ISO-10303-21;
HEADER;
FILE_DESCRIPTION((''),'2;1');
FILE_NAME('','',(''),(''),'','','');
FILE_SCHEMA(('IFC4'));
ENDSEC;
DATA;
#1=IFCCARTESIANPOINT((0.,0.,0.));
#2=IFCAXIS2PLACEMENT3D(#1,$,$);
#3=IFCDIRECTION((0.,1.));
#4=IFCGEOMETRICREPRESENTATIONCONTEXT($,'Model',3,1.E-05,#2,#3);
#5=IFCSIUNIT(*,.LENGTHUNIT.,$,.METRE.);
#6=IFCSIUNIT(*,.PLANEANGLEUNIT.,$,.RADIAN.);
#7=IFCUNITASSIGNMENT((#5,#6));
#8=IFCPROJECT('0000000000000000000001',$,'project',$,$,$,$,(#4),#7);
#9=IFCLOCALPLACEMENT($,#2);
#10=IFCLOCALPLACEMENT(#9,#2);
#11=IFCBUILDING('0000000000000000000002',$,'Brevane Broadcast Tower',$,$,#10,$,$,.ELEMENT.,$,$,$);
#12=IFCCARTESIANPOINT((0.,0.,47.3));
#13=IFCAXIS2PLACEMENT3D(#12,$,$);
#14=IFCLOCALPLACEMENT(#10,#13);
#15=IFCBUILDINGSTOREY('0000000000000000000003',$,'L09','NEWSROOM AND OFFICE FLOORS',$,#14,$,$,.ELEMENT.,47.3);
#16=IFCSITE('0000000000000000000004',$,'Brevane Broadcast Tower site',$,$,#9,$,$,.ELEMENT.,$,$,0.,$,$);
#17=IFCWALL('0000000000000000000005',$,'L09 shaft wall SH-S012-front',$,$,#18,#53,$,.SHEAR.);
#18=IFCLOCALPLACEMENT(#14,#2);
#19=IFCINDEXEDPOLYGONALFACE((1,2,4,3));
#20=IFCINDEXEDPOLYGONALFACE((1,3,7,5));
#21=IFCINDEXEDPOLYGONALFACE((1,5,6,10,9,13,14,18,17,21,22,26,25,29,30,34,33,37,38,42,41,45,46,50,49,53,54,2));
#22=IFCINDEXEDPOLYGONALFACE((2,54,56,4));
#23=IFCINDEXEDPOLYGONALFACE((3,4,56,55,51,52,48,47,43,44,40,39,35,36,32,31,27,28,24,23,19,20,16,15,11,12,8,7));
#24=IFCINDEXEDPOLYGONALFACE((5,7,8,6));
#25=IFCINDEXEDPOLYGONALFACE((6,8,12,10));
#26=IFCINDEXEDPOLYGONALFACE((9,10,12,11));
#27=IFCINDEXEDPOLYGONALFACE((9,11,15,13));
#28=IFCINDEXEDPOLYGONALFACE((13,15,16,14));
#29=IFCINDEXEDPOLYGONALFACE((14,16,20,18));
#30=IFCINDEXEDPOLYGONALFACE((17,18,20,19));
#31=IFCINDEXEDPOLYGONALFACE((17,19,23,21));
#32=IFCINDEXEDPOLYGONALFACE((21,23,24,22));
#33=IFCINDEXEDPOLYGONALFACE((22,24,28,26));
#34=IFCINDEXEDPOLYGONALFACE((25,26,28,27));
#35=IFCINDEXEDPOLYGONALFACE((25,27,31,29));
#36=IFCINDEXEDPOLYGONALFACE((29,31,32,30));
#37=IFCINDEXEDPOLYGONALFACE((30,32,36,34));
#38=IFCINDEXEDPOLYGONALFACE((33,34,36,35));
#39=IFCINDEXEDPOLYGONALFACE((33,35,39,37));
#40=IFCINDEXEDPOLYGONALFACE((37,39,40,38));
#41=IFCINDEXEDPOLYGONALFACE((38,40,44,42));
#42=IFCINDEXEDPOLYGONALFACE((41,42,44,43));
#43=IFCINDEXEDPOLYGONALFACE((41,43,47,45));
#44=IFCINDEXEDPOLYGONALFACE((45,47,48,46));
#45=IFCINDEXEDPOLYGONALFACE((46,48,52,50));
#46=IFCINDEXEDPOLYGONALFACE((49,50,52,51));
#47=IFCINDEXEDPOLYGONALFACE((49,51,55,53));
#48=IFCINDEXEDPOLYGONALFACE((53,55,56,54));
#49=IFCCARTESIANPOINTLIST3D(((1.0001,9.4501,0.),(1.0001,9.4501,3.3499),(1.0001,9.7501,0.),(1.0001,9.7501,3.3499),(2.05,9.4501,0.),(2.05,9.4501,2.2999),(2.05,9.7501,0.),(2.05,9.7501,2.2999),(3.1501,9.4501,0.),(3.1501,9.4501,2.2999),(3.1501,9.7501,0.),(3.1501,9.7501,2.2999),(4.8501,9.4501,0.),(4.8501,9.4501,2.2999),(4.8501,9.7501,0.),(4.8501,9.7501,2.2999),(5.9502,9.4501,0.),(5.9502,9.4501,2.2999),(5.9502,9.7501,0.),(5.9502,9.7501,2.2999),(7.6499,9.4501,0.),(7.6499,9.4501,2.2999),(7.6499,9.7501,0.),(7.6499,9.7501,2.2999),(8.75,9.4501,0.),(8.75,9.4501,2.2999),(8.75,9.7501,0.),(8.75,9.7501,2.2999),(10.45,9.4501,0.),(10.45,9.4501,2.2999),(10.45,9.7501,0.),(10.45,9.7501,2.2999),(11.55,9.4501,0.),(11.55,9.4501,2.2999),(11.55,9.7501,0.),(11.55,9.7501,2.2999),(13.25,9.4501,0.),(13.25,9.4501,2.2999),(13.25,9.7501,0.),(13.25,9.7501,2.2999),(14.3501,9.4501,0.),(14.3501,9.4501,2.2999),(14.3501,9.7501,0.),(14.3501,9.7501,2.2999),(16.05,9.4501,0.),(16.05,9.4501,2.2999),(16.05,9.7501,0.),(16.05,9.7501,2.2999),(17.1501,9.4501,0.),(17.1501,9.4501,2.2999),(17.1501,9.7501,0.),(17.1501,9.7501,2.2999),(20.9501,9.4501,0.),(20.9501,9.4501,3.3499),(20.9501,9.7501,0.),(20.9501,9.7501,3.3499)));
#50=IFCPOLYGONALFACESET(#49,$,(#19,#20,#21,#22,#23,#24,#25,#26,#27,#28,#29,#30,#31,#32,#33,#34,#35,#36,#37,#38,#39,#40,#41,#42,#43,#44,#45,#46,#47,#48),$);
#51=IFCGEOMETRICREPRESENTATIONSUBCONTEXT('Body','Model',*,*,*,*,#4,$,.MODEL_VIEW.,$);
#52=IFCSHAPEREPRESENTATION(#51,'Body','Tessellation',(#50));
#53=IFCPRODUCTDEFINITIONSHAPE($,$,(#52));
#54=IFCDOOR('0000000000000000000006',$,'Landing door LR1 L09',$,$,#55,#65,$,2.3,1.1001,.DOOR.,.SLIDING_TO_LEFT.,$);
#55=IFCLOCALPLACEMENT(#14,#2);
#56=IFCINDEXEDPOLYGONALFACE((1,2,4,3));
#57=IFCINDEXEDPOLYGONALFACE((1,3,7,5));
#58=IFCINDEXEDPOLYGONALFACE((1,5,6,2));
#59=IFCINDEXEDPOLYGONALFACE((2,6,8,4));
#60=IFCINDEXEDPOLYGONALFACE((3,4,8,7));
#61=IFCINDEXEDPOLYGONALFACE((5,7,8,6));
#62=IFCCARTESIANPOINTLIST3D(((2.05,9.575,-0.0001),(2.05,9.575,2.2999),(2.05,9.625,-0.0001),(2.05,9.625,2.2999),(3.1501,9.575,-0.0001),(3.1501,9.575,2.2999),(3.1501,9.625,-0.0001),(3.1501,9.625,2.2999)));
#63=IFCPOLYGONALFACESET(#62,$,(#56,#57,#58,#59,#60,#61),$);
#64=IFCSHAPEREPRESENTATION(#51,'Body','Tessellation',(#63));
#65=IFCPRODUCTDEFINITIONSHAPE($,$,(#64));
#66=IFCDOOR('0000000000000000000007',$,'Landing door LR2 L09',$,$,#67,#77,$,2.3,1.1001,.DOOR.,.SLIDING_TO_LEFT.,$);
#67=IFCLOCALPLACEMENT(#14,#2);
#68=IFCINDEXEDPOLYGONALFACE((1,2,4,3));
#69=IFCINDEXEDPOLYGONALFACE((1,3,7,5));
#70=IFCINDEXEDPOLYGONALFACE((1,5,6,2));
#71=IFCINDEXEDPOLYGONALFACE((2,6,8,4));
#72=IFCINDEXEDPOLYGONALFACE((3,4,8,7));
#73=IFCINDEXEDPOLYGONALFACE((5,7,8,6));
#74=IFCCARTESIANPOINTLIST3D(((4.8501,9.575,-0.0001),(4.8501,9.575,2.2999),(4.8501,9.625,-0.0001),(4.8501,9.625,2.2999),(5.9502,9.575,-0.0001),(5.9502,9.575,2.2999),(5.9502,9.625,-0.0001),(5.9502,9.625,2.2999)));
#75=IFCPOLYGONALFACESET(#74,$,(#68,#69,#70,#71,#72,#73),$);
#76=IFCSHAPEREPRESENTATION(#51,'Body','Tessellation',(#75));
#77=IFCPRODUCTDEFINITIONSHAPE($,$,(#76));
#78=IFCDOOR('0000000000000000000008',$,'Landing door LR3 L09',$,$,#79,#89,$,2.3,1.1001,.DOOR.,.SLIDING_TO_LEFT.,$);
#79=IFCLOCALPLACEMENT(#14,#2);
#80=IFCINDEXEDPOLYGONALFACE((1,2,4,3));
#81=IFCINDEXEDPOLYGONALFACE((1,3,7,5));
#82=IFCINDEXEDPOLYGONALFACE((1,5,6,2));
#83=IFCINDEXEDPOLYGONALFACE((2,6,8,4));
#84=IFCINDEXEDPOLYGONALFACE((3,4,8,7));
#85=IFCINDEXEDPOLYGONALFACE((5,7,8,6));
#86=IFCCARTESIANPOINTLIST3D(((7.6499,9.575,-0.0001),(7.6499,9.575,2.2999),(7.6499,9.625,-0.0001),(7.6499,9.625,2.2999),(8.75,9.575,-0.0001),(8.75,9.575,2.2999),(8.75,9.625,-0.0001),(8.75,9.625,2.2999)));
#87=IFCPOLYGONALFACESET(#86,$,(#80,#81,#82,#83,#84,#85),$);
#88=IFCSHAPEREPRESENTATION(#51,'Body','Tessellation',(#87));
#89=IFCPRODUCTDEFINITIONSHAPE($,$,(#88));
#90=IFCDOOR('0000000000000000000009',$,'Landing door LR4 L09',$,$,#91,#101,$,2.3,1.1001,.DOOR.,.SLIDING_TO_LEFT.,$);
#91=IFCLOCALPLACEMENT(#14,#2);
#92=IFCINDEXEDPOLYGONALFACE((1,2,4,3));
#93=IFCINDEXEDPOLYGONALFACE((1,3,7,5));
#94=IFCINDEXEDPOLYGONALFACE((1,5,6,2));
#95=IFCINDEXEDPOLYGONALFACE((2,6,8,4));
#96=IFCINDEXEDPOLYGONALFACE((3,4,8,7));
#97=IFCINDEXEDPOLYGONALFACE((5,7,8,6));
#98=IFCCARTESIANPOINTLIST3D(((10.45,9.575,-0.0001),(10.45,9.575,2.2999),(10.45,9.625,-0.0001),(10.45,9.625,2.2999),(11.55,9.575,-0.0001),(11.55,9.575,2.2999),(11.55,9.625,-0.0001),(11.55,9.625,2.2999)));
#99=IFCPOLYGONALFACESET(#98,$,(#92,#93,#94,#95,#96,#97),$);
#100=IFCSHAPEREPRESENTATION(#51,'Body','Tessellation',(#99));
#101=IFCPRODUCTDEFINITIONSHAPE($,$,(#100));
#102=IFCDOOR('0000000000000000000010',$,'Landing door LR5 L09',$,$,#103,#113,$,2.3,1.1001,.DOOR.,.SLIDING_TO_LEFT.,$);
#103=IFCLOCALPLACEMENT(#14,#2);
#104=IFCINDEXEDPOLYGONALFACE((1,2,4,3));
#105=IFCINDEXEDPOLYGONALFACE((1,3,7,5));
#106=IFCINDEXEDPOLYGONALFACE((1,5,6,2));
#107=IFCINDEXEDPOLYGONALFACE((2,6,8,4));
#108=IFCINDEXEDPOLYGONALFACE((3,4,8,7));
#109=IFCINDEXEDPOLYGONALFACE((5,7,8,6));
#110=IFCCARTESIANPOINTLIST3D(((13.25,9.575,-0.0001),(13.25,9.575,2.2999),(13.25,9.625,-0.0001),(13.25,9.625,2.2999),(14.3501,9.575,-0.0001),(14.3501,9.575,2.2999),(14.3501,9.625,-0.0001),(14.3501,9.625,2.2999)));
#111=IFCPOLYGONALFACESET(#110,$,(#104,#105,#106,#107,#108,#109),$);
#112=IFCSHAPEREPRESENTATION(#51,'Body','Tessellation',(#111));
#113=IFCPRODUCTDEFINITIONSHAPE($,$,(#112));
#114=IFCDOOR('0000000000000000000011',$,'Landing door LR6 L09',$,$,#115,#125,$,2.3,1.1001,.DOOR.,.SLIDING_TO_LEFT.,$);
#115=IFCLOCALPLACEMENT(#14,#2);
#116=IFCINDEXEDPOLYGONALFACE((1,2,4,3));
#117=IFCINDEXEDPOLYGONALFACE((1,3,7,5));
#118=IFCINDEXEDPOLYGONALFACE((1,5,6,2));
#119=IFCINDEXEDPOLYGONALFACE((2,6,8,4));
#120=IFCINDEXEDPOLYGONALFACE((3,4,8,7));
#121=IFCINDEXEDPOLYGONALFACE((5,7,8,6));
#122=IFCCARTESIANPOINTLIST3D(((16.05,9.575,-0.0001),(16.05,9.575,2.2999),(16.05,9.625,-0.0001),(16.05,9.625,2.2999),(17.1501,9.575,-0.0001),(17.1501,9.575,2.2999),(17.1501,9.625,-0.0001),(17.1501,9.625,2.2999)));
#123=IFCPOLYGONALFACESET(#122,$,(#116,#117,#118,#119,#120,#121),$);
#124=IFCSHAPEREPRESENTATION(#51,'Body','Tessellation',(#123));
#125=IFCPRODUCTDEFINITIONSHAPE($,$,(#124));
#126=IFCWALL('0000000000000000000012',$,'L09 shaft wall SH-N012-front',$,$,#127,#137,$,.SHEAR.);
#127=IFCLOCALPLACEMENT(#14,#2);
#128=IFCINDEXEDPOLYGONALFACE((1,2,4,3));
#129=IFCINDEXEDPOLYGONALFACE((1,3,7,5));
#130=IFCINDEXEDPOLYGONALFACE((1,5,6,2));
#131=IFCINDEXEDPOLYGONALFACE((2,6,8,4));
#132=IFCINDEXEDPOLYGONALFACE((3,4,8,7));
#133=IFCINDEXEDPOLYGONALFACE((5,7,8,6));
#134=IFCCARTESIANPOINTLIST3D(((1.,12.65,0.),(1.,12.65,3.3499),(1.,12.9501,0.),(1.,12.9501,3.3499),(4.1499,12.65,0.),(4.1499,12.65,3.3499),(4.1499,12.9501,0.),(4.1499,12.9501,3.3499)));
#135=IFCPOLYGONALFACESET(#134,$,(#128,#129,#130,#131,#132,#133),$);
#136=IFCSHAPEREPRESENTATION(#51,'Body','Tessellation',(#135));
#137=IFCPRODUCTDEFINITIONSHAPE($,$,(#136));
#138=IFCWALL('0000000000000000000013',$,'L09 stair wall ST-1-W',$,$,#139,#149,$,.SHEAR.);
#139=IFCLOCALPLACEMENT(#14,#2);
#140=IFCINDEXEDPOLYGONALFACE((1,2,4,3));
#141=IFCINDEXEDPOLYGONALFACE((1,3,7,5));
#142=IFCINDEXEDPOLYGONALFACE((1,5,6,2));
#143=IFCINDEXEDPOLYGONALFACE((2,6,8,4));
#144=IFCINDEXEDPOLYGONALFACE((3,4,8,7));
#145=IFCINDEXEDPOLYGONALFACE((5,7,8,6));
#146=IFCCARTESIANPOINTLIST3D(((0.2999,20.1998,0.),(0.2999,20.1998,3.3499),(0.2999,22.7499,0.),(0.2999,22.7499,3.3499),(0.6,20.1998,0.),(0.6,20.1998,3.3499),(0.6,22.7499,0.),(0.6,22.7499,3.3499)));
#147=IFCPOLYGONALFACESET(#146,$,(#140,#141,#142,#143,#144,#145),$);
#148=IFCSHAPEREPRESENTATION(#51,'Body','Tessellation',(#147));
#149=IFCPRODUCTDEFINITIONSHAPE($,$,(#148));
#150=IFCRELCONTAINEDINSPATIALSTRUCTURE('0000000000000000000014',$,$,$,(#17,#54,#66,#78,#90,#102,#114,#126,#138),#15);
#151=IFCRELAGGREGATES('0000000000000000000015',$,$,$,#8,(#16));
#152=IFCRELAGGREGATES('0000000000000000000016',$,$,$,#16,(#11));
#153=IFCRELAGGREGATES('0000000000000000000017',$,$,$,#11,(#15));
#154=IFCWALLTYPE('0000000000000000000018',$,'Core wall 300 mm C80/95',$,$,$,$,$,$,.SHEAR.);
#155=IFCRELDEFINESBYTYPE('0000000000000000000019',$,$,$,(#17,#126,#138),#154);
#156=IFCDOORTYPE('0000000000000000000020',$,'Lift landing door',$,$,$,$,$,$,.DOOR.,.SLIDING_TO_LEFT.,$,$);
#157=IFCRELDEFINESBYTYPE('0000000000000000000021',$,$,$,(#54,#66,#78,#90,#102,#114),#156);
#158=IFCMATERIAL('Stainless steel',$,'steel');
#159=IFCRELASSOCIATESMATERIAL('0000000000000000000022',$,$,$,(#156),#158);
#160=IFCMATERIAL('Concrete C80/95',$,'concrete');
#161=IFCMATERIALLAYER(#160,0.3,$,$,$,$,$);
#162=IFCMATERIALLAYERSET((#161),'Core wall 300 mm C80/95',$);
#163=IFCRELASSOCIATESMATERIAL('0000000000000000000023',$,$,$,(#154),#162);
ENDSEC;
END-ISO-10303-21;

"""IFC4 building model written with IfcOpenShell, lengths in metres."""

from ifc_helpers import new_model, si_unit, direction, frame, frame_2d, origin, place, context, subcontext, project, spatial, rectangle, extrude, material, layer, layer_set, type_object, element, fill, save


model = new_model("IFC4")

# Units and contexts
model_context = context("Model", 3, precision=1e-05, world=origin(), true_north=direction((0.0, 1.0)))
body_context = subcontext(model_context, "Body", "Model", "MODEL_VIEW")
ifc_project = project(units=[si_unit("LENGTHUNIT", "METRE"), si_unit("PLANEANGLEUNIT", "RADIAN")], contexts=[model_context])

# Site, building, storey
site_placement = place(None, origin())
site = spatial("IfcSite", under=ifc_project, at=site_placement, Name="Brevane Broadcast Tower site", CompositionType="ELEMENT", RefElevation=0.0)
building_placement = place(site_placement, origin())
building = spatial("IfcBuilding", under=site, at=building_placement, Name="Brevane Broadcast Tower", CompositionType="ELEMENT")
storey_placement = place(building_placement, frame((0.0, 0.0, 47.3)))
storey = spatial("IfcBuildingStorey", under=building, at=storey_placement, Name="L09", Description="NEWSROOM AND OFFICE FLOORS", CompositionType="ELEMENT", Elevation=47.3)

# Shared definitions
ifc_material_1 = material(Name="Concrete C80/95", Category="concrete")
ifc_material_2 = material(Name="Stainless steel", Category="steel")
door_type = type_object("IfcDoorType", Name="Lift landing door", OperationType="SLIDING_TO_LEFT", PredefinedType="DOOR", material=ifc_material_2)

# Wall, openings, doors
ifc_layer_1 = layer(ifc_material_1, 0.3)
ifc_layer_set_1 = layer_set([ifc_layer_1], Name="Core wall 300 mm C80/95")
wall_type_1 = type_object("IfcWallType", Name="Core wall 300 mm C80/95", PredefinedType="SHEAR", material=ifc_layer_set_1)
wall_1_placement = place(storey_placement, frame((1.0, 9.6001, 0.0), z_axis=(0.0, 0.0, 1.0), x_axis=(1.0, 0.0, 0.0)))
wall_1 = element("IfcWall", 1, at=wall_1_placement, inside=storey, type_object=wall_type_1, Name="L09 shaft wall SH-S012-front", PredefinedType="SHEAR", context=body_context, shape_type="SweptSolid", body=[
    extrude(rectangle(XDim=19.95, YDim=0.3, at=frame_2d((9.9751, 0.0))), origin(), (0.0, 0.0, 1.0), 3.3499),
])
opening_1_placement = place(wall_1_placement, frame((1.05, 0.0, 0.0)))
opening_1 = element("IfcOpeningElement", 2, at=opening_1_placement, cuts=wall_1, PredefinedType="OPENING", context=body_context, shape_type="SweptSolid", body=[
    extrude(rectangle(XDim=1.1001, YDim=2.3, at=frame_2d((0.55, 1.1499))), frame((0.0, 0.1599, 0.0), z_axis=(0.0, -1.0, 0.0), x_axis=(1.0, 0.0, 0.0)), (0.0, 0.0, 1.0), 0.3201),
])
opening_2_placement = place(wall_1_placement, frame((3.8501, 0.0, 0.0)))
opening_2 = element("IfcOpeningElement", 3, at=opening_2_placement, cuts=wall_1, PredefinedType="OPENING", context=body_context, shape_type="SweptSolid", body=[
    extrude(rectangle(XDim=1.1001, YDim=2.3, at=frame_2d((0.55, 1.1499))), frame((0.0, 0.1599, 0.0), z_axis=(0.0, -1.0, 0.0), x_axis=(1.0, 0.0, 0.0)), (0.0, 0.0, 1.0), 0.3201),
])
opening_3_placement = place(wall_1_placement, frame((6.6499, 0.0, 0.0)))
opening_3 = element("IfcOpeningElement", 4, at=opening_3_placement, cuts=wall_1, PredefinedType="OPENING", context=body_context, shape_type="SweptSolid", body=[
    extrude(rectangle(XDim=1.1001, YDim=2.3, at=frame_2d((0.55, 1.1499))), frame((0.0, 0.1599, 0.0), z_axis=(0.0, -1.0, 0.0), x_axis=(1.0, 0.0, 0.0)), (0.0, 0.0, 1.0), 0.3201),
])
opening_4_placement = place(wall_1_placement, frame((9.45, 0.0, 0.0)))
opening_4 = element("IfcOpeningElement", 5, at=opening_4_placement, cuts=wall_1, PredefinedType="OPENING", context=body_context, shape_type="SweptSolid", body=[
    extrude(rectangle(XDim=1.1001, YDim=2.3, at=frame_2d((0.55, 1.1499))), frame((0.0, 0.1599, 0.0), z_axis=(0.0, -1.0, 0.0), x_axis=(1.0, 0.0, 0.0)), (0.0, 0.0, 1.0), 0.3201),
])
opening_5_placement = place(wall_1_placement, frame((12.25, 0.0, 0.0)))
opening_5 = element("IfcOpeningElement", 6, at=opening_5_placement, cuts=wall_1, PredefinedType="OPENING", context=body_context, shape_type="SweptSolid", body=[
    extrude(rectangle(XDim=1.1001, YDim=2.3, at=frame_2d((0.55, 1.1499))), frame((0.0, 0.1599, 0.0), z_axis=(0.0, -1.0, 0.0), x_axis=(1.0, 0.0, 0.0)), (0.0, 0.0, 1.0), 0.3201),
])
opening_6_placement = place(wall_1_placement, frame((15.05, 0.0, 0.0)))
opening_6 = element("IfcOpeningElement", 7, at=opening_6_placement, cuts=wall_1, PredefinedType="OPENING", context=body_context, shape_type="SweptSolid", body=[
    extrude(rectangle(XDim=1.1001, YDim=2.3, at=frame_2d((0.55, 1.1499))), frame((0.0, 0.1599, 0.0), z_axis=(0.0, -1.0, 0.0), x_axis=(1.0, 0.0, 0.0)), (0.0, 0.0, 1.0), 0.3201),
])
door_1_placement = place(opening_1_placement, origin())
door_1 = element("IfcDoor", 8, at=door_1_placement, inside=storey, type_object=door_type, Name="Landing door LR1 L09", OperationType="SLIDING_TO_LEFT", OverallHeight=2.3, OverallWidth=1.1001, PredefinedType="DOOR", context=body_context, shape_type="SweptSolid", body=[
    extrude(rectangle(XDim=1.1001, YDim=2.3, at=frame_2d((0.55, 1.1499))), frame((0.0, 0.0249, 0.0), z_axis=(0.0, -1.0, 0.0), x_axis=(1.0, 0.0, 0.0)), (0.0, 0.0, 1.0), 0.05),
])
fill(opening_1, door_1)
door_2_placement = place(opening_2_placement, origin())
door_2 = element("IfcDoor", 9, at=door_2_placement, inside=storey, type_object=door_type, Name="Landing door LR2 L09", OperationType="SLIDING_TO_LEFT", OverallHeight=2.3, OverallWidth=1.1001, PredefinedType="DOOR", context=body_context, shape_type="SweptSolid", body=[
    extrude(rectangle(XDim=1.1001, YDim=2.3, at=frame_2d((0.55, 1.1499))), frame((0.0, 0.0249, 0.0), z_axis=(0.0, -1.0, 0.0), x_axis=(1.0, 0.0, 0.0)), (0.0, 0.0, 1.0), 0.05),
])
fill(opening_2, door_2)
door_3_placement = place(opening_3_placement, origin())
door_3 = element("IfcDoor", 10, at=door_3_placement, inside=storey, type_object=door_type, Name="Landing door LR3 L09", OperationType="SLIDING_TO_LEFT", OverallHeight=2.3, OverallWidth=1.1001, PredefinedType="DOOR", context=body_context, shape_type="SweptSolid", body=[
    extrude(rectangle(XDim=1.1001, YDim=2.3, at=frame_2d((0.55, 1.1499))), frame((0.0, 0.0249, 0.0), z_axis=(0.0, -1.0, 0.0), x_axis=(1.0, 0.0, 0.0)), (0.0, 0.0, 1.0), 0.05),
])
fill(opening_3, door_3)
door_4_placement = place(opening_4_placement, origin())
door_4 = element("IfcDoor", 11, at=door_4_placement, inside=storey, type_object=door_type, Name="Landing door LR4 L09", OperationType="SLIDING_TO_LEFT", OverallHeight=2.3, OverallWidth=1.1001, PredefinedType="DOOR", context=body_context, shape_type="SweptSolid", body=[
    extrude(rectangle(XDim=1.1001, YDim=2.3, at=frame_2d((0.55, 1.1499))), frame((0.0, 0.0249, 0.0), z_axis=(0.0, -1.0, 0.0), x_axis=(1.0, 0.0, 0.0)), (0.0, 0.0, 1.0), 0.05),
])
fill(opening_4, door_4)
door_5_placement = place(opening_5_placement, origin())
door_5 = element("IfcDoor", 12, at=door_5_placement, inside=storey, type_object=door_type, Name="Landing door LR5 L09", OperationType="SLIDING_TO_LEFT", OverallHeight=2.3, OverallWidth=1.1001, PredefinedType="DOOR", context=body_context, shape_type="SweptSolid", body=[
    extrude(rectangle(XDim=1.1001, YDim=2.3, at=frame_2d((0.55, 1.1499))), frame((0.0, 0.0249, 0.0), z_axis=(0.0, -1.0, 0.0), x_axis=(1.0, 0.0, 0.0)), (0.0, 0.0, 1.0), 0.05),
])
fill(opening_5, door_5)
door_6_placement = place(opening_6_placement, origin())
door_6 = element("IfcDoor", 13, at=door_6_placement, inside=storey, type_object=door_type, Name="Landing door LR6 L09", OperationType="SLIDING_TO_LEFT", OverallHeight=2.3, OverallWidth=1.1001, PredefinedType="DOOR", context=body_context, shape_type="SweptSolid", body=[
    extrude(rectangle(XDim=1.1001, YDim=2.3, at=frame_2d((0.55, 1.1499))), frame((0.0, 0.0249, 0.0), z_axis=(0.0, -1.0, 0.0), x_axis=(1.0, 0.0, 0.0)), (0.0, 0.0, 1.0), 0.05),
])
fill(opening_6, door_6)

# Walls
wall_2_placement = place(storey_placement, frame((1.0, 12.8, 0.0), z_axis=(0.0, 0.0, 1.0), x_axis=(1.0, 0.0, 0.0)))
element("IfcWall", 14, at=wall_2_placement, inside=storey, type_object=wall_type_1, Name="L09 shaft wall SH-N012-front", PredefinedType="SHEAR", context=body_context, shape_type="SweptSolid", body=[
    extrude(rectangle(XDim=3.1499, YDim=0.3, at=frame_2d((1.575, 0.0))), origin(), (0.0, 0.0, 1.0), 3.3499),
])
wall_3_placement = place(storey_placement, frame((0.45, 20.2, 0.0), z_axis=(0.0, 0.0, 1.0), x_axis=(0.0, 1.0, 0.0)))
element("IfcWall", 15, at=wall_3_placement, inside=storey, type_object=wall_type_1, Name="L09 stair wall ST-1-W", PredefinedType="SHEAR", context=body_context, shape_type="SweptSolid", body=[
    extrude(rectangle(XDim=2.55, YDim=0.3, at=frame_2d((1.2749, 0.0))), origin(), (0.0, 0.0, 1.0), 3.3499),
])

save(model, "model.ifc")
